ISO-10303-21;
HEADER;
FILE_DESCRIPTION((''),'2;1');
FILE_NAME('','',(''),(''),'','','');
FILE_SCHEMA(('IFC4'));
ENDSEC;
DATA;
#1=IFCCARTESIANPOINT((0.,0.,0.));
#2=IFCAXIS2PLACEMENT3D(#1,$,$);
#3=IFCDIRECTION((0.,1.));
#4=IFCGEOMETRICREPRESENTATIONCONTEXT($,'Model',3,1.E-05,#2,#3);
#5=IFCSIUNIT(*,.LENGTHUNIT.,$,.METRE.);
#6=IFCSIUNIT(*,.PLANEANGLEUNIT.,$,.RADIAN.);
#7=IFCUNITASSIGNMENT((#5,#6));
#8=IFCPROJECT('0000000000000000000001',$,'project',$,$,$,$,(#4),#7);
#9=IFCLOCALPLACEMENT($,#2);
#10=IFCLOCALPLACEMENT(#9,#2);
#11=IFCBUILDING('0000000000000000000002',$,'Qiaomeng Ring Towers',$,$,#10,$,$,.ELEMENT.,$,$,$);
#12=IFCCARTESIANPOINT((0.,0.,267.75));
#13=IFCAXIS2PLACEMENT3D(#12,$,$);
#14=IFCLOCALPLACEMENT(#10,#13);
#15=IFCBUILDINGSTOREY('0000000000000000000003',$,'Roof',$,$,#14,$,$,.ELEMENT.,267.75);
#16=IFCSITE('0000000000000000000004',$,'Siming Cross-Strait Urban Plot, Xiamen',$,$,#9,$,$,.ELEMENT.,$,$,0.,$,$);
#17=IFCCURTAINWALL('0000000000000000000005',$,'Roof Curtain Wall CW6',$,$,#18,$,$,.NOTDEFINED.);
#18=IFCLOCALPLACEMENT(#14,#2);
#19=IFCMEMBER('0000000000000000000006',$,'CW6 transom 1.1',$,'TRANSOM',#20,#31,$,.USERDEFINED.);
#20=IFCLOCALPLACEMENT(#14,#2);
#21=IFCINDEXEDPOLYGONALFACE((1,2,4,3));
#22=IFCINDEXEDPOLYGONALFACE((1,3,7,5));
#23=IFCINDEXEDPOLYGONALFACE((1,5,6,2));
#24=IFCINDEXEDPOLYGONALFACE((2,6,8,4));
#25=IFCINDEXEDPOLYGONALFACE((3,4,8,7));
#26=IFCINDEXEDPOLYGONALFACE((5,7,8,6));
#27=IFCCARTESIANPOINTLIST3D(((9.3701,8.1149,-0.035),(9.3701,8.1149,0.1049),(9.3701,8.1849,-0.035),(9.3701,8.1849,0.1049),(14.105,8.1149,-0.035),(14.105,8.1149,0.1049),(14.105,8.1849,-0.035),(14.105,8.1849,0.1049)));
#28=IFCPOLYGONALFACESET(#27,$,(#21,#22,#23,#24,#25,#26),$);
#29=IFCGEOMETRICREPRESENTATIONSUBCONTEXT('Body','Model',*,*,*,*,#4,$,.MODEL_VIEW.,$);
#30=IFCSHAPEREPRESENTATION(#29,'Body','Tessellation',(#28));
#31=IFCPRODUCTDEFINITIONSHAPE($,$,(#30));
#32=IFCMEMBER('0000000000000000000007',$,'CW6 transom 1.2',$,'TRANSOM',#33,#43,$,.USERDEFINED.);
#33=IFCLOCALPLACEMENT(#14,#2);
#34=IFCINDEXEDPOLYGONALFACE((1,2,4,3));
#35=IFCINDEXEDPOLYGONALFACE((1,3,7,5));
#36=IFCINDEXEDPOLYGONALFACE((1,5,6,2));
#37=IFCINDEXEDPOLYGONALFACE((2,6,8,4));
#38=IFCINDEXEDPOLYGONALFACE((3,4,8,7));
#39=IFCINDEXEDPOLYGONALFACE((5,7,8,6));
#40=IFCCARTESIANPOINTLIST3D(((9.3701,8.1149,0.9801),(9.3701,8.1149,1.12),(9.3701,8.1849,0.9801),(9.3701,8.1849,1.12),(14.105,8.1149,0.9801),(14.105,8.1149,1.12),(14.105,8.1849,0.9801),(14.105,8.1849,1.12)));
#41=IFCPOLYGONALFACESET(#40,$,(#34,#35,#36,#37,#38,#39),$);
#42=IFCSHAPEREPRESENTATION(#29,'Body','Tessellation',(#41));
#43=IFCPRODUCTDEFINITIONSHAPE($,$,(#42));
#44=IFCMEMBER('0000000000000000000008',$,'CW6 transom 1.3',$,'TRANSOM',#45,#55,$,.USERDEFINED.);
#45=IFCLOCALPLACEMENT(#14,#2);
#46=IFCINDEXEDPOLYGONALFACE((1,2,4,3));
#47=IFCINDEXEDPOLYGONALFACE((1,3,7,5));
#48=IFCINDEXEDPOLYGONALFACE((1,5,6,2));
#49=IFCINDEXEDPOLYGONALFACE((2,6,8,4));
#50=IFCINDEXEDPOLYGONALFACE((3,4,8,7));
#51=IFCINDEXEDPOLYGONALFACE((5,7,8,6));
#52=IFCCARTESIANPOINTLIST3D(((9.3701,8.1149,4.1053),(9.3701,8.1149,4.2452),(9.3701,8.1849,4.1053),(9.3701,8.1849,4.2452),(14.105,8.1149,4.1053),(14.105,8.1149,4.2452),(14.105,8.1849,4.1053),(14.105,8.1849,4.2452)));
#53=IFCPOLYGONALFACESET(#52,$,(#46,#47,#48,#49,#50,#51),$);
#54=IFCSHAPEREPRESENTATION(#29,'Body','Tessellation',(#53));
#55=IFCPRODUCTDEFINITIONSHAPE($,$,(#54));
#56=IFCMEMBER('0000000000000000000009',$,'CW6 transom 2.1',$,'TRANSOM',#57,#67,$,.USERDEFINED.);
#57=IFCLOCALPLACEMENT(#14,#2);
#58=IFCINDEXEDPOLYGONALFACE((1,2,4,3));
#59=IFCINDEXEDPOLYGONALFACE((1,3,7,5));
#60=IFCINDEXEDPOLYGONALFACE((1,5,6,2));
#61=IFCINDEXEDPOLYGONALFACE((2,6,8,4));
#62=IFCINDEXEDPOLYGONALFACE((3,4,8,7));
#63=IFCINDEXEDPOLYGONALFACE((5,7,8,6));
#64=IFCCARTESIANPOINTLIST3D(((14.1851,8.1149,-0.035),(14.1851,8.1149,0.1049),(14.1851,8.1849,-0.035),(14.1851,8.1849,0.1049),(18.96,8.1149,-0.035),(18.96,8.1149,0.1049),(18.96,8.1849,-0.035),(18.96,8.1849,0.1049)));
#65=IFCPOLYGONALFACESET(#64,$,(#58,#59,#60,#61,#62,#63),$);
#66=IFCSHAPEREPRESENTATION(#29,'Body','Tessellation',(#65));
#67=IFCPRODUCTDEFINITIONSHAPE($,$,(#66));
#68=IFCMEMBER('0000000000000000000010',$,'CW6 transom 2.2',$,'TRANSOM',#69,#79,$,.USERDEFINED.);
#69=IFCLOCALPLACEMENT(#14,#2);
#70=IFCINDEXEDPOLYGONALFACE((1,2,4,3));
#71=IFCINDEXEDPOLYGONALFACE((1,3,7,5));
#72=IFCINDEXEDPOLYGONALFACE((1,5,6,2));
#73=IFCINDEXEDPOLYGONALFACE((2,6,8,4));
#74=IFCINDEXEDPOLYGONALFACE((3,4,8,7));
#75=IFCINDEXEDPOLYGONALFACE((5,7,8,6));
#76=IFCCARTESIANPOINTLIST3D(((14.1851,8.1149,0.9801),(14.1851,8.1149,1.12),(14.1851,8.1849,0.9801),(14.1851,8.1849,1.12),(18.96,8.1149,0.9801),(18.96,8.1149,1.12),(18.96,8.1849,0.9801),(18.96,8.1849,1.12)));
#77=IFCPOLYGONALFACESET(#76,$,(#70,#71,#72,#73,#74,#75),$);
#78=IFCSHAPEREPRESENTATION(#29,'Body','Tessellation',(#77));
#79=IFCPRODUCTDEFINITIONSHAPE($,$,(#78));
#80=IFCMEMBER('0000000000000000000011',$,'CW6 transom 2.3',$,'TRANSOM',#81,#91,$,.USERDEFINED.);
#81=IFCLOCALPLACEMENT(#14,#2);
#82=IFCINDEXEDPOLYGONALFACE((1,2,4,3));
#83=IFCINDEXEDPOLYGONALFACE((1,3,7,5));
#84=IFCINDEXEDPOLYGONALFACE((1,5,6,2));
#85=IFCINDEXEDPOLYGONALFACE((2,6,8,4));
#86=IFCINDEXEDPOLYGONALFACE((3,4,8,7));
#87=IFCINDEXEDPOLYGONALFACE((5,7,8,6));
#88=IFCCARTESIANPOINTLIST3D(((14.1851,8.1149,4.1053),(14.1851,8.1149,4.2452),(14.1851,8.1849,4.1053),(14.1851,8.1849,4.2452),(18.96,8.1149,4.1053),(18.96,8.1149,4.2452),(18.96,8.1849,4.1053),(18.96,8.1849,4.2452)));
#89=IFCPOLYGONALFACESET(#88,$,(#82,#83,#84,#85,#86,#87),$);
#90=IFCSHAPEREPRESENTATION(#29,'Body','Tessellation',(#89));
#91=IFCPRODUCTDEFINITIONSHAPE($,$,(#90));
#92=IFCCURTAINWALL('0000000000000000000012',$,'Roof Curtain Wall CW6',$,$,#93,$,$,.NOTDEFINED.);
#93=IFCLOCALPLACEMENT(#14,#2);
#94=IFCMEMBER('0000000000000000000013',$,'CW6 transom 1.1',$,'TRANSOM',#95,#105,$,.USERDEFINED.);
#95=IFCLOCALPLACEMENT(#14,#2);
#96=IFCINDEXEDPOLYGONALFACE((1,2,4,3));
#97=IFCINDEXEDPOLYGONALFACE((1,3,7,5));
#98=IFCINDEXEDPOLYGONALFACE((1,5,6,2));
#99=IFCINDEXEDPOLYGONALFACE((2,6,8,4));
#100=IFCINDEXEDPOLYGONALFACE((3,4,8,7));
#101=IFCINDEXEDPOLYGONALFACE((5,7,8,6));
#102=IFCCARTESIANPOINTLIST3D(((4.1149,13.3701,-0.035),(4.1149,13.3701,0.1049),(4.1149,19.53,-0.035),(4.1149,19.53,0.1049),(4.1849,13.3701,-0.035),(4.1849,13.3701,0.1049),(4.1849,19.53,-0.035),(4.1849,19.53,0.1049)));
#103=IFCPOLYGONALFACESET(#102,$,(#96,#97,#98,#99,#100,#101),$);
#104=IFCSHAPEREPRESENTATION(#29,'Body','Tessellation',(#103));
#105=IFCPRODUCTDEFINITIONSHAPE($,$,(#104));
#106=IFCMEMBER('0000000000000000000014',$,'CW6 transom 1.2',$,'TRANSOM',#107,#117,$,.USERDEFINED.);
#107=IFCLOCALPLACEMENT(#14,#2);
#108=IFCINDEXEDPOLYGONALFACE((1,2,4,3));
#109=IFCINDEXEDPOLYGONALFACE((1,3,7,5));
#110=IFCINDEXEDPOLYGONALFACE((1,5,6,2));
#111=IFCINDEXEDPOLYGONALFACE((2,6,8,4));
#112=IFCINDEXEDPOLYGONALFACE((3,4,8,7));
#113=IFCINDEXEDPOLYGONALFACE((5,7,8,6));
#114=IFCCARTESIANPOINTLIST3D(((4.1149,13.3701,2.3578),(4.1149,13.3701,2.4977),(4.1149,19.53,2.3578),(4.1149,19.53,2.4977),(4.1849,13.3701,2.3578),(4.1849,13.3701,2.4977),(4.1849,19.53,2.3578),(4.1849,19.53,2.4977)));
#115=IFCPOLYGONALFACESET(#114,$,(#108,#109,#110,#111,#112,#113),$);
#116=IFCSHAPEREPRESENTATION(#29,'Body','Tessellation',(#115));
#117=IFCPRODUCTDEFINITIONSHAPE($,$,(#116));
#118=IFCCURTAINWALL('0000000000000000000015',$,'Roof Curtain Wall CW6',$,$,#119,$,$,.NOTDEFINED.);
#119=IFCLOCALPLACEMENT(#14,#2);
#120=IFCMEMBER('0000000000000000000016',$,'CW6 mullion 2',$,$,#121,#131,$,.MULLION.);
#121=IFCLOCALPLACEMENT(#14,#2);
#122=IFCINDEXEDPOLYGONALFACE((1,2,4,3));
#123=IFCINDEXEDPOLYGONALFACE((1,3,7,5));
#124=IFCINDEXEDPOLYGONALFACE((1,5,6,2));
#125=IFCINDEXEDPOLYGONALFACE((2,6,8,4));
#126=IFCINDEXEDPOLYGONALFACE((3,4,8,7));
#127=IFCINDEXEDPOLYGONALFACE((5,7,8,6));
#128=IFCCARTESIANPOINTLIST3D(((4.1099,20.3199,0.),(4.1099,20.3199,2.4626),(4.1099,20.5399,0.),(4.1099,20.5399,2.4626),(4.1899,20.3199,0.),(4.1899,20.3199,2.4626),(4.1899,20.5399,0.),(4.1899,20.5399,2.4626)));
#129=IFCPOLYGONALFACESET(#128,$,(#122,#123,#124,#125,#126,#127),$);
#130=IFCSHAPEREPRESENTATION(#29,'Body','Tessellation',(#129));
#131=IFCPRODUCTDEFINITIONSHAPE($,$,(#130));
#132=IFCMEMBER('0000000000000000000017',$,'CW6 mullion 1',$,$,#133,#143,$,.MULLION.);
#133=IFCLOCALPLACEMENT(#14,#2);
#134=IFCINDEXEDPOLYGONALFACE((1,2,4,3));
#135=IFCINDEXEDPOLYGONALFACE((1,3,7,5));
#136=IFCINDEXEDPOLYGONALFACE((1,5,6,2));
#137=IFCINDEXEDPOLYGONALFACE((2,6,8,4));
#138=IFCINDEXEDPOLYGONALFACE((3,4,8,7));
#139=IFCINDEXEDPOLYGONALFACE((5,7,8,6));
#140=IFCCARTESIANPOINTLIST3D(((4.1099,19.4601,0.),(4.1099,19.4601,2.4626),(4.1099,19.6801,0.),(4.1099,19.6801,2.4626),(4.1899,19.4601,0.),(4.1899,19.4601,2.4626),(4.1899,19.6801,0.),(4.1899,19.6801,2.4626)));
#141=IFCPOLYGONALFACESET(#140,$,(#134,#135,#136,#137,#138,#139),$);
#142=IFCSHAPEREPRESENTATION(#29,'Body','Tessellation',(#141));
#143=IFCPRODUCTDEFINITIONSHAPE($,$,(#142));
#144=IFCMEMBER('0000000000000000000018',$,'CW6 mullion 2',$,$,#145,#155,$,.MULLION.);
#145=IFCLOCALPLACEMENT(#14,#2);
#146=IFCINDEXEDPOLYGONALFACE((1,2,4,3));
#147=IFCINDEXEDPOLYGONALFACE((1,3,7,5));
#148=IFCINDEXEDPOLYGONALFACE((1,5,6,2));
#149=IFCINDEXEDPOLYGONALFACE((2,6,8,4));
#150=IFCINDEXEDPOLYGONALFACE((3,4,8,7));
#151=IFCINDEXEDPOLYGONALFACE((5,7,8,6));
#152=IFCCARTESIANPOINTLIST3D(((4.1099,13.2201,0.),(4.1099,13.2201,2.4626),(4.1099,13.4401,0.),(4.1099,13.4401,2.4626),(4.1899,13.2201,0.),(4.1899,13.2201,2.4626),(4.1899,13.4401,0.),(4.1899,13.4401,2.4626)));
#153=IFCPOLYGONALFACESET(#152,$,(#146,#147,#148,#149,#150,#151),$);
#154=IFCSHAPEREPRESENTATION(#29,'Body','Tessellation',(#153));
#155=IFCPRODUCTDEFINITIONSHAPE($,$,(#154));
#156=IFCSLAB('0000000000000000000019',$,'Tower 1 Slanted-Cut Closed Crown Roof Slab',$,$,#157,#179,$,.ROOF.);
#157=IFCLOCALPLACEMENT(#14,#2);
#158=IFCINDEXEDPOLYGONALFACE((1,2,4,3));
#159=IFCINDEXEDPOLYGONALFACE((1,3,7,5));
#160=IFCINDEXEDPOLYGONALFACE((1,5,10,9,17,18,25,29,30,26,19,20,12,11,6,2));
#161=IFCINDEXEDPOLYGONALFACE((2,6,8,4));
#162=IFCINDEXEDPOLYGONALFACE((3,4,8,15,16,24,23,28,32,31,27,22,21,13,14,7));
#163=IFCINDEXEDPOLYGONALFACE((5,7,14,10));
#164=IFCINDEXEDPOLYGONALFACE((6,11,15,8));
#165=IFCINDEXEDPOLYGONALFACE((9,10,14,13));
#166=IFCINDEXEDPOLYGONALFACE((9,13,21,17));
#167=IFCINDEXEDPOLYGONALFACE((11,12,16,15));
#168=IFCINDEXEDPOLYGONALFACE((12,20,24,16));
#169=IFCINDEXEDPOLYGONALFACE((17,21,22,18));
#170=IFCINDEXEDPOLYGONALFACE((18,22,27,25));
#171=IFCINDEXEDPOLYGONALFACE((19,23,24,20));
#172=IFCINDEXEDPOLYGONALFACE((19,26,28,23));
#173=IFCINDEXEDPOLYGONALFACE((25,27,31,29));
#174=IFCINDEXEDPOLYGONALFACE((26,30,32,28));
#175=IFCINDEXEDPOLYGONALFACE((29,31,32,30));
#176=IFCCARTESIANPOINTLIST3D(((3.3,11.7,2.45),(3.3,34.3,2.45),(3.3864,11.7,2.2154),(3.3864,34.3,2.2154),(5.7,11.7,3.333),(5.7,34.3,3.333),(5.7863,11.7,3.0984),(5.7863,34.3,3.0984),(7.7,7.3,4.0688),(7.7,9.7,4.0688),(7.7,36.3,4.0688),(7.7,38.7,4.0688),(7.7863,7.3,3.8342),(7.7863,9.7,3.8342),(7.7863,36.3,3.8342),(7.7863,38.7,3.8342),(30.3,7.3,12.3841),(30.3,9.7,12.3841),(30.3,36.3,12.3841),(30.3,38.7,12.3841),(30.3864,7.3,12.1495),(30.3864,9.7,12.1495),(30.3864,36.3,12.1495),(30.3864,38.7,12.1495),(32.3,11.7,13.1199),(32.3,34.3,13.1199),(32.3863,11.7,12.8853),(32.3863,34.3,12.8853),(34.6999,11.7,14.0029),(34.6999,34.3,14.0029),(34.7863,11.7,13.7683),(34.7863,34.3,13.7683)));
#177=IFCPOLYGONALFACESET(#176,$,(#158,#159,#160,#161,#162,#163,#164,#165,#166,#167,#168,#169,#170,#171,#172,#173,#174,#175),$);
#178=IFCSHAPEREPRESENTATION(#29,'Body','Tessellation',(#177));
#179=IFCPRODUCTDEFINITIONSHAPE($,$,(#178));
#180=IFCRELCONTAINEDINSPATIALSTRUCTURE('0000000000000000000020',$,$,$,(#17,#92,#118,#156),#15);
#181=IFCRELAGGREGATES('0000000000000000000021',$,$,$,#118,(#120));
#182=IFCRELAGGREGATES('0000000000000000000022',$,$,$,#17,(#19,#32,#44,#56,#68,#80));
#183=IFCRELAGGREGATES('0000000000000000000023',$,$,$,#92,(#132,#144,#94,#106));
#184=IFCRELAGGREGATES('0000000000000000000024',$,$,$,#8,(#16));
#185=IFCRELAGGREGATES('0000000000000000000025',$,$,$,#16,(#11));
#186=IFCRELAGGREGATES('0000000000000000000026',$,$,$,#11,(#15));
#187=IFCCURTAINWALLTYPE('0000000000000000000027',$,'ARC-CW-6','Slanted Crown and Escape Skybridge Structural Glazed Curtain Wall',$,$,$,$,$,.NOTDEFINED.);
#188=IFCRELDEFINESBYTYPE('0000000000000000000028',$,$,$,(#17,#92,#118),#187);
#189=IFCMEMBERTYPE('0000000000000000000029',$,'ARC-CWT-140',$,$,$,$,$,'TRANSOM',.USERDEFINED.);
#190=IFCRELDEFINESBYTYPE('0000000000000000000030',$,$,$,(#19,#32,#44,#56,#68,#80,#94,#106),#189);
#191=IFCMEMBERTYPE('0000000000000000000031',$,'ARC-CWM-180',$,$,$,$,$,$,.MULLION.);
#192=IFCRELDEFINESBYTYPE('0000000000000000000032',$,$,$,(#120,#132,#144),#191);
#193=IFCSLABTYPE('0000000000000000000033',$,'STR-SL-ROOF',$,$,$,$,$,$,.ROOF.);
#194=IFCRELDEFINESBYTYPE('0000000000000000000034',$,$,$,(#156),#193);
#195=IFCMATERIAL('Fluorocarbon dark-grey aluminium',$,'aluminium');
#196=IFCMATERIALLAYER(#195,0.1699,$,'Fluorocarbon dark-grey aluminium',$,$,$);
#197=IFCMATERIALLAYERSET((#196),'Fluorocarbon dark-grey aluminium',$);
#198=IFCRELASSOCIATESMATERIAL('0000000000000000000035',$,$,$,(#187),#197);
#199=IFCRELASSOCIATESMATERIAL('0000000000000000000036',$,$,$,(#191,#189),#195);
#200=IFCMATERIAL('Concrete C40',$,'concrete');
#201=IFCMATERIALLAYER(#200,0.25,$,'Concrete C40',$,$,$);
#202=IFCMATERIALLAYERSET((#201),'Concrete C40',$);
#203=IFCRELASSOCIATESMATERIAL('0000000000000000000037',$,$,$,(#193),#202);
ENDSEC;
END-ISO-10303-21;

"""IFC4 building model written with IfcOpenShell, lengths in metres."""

from ifc_helpers import new_model, si_unit, direction, frame, origin, origin_2d, place, context, subcontext, project, spatial, polyline, rectangle, outline, extrude, source, transform, mapped, material, layer, layer_set, material_profile, profile_set, type_object, element, aggregate, save


model = new_model("IFC4")

# Units and contexts
model_context = context("Model", 3, precision=1e-05, world=origin(), true_north=direction((0.0, 1.0)))
body_context = subcontext(model_context, "Body", "Model", "MODEL_VIEW")
ifc_project = project(units=[si_unit("LENGTHUNIT", "METRE"), si_unit("PLANEANGLEUNIT", "RADIAN")], contexts=[model_context])

# Site, building, storey
site_placement = place(None, origin())
site = spatial("IfcSite", under=ifc_project, at=site_placement, Name="Siming Cross-Strait Urban Plot, Xiamen", CompositionType="ELEMENT", RefElevation=0.0)
building_placement = place(site_placement, origin())
building = spatial("IfcBuilding", under=site, at=building_placement, Name="Qiaomeng Ring Towers", CompositionType="ELEMENT")
storey_placement = place(building_placement, frame((0.0, 0.0, 267.75)))
storey = spatial("IfcBuildingStorey", under=building, at=storey_placement, Name="Roof", CompositionType="ELEMENT", Elevation=267.75)

# Curtain walls, members
ifc_material_1 = material(Name="Fluorocarbon dark-grey aluminium", Category="aluminium")
ifc_layer_1 = layer(ifc_material_1, 0.1699, Name="Fluorocarbon dark-grey aluminium")
ifc_layer_set_1 = layer_set([ifc_layer_1], Name="Fluorocarbon dark-grey aluminium")
curtain_wall_type = type_object("IfcCurtainWallType", Name="ARC-CW-6", Description="Slanted Crown and Escape Skybridge Structural Glazed Curtain Wall", PredefinedType="NOTDEFINED", material=ifc_layer_set_1)
curtain_wall_1_placement = place(storey_placement, origin())
curtain_wall_1 = element("IfcCurtainWall", 1, at=curtain_wall_1_placement, inside=storey, type_object=curtain_wall_type, Name="Roof Curtain Wall CW6", PredefinedType="NOTDEFINED")
ifc_material_profile_1 = material_profile(ifc_material_1, rectangle(XDim=0.0801, YDim=0.22, at=origin_2d()), Name="ALU MULL 80x220")
ifc_profile_set_1 = profile_set([ifc_material_profile_1], Name="Fluorocarbon dark-grey aluminium")
member_type_1 = type_object("IfcMemberType", Name="ARC-CWM-180", PredefinedType="MULLION", material=ifc_profile_set_1)
ifc_material_profile_2 = material_profile(ifc_material_1, rectangle(XDim=0.0701, YDim=0.1399, at=origin_2d()), Name="ALU TRAN 70x140")
ifc_profile_set_2 = profile_set([ifc_material_profile_2], Name="Fluorocarbon dark-grey aluminium")
member_type_2 = type_object("IfcMemberType", Name="ARC-CWT-140", ElementType="TRANSOM", PredefinedType="USERDEFINED", material=ifc_profile_set_2)
shared_shape_1 = source(origin(), body_context, "Body", "SweptSolid", [
    extrude(rectangle(XDim=0.0701, YDim=0.1399, at=origin_2d()), origin(), (0.0, 0.0, 1.0), 4.7349),
])
member_1_placement = place(storey_placement, frame((9.3701, 8.1499, 0.0349), z_axis=(1.0, 0.0, 0.0), x_axis=(0.0, 1.0, 0.0)))
member_1 = element("IfcMember", 2, at=member_1_placement, type_object=member_type_2, Name="CW6 transom 1.1", ObjectType="TRANSOM", PredefinedType="USERDEFINED", context=body_context, shape_type="MappedRepresentation", body=[
    mapped(shared_shape_1, transform((0.0, 0.0, 0.0), x_axis=(1.0, 0.0, 0.0), y_axis=(0.0, 1.0, 0.0), z_axis=(0.0, 0.0, 1.0), scale=1.0)),
])
member_2_placement = place(storey_placement, frame((9.3701, 8.1499, 1.05), z_axis=(1.0, 0.0, 0.0), x_axis=(0.0, 1.0, 0.0)))
member_2 = element("IfcMember", 3, at=member_2_placement, type_object=member_type_2, Name="CW6 transom 1.2", ObjectType="TRANSOM", PredefinedType="USERDEFINED", context=body_context, shape_type="MappedRepresentation", body=[
    mapped(shared_shape_1, transform((0.0, 0.0, 0.0), x_axis=(1.0, 0.0, 0.0), y_axis=(0.0, 1.0, 0.0), z_axis=(0.0, 0.0, 1.0), scale=1.0)),
])
member_3_placement = place(storey_placement, frame((9.3701, 8.1499, 4.1753), z_axis=(1.0, 0.0, 0.0), x_axis=(0.0, 1.0, 0.0)))
member_3 = element("IfcMember", 4, at=member_3_placement, type_object=member_type_2, Name="CW6 transom 1.3", ObjectType="TRANSOM", PredefinedType="USERDEFINED", context=body_context, shape_type="MappedRepresentation", body=[
    mapped(shared_shape_1, transform((0.0, 0.0, 0.0), x_axis=(1.0, 0.0, 0.0), y_axis=(0.0, 1.0, 0.0), z_axis=(0.0, 0.0, 1.0), scale=1.0)),
])
shared_shape_2 = source(origin(), body_context, "Body", "SweptSolid", [
    extrude(rectangle(XDim=0.0701, YDim=0.1399, at=origin_2d()), origin(), (0.0, 0.0, 1.0), 4.7749),
])
member_4_placement = place(storey_placement, frame((14.1851, 8.1499, 0.0349), z_axis=(1.0, 0.0, 0.0), x_axis=(0.0, 1.0, 0.0)))
member_4 = element("IfcMember", 5, at=member_4_placement, type_object=member_type_2, Name="CW6 transom 2.1", ObjectType="TRANSOM", PredefinedType="USERDEFINED", context=body_context, shape_type="MappedRepresentation", body=[
    mapped(shared_shape_2, transform((0.0, 0.0, 0.0), x_axis=(1.0, 0.0, 0.0), y_axis=(0.0, 1.0, 0.0), z_axis=(0.0, 0.0, 1.0), scale=1.0)),
])
member_5_placement = place(storey_placement, frame((14.1851, 8.1499, 1.05), z_axis=(1.0, 0.0, 0.0), x_axis=(0.0, 1.0, 0.0)))
member_5 = element("IfcMember", 6, at=member_5_placement, type_object=member_type_2, Name="CW6 transom 2.2", ObjectType="TRANSOM", PredefinedType="USERDEFINED", context=body_context, shape_type="MappedRepresentation", body=[
    mapped(shared_shape_2, transform((0.0, 0.0, 0.0), x_axis=(1.0, 0.0, 0.0), y_axis=(0.0, 1.0, 0.0), z_axis=(0.0, 0.0, 1.0), scale=1.0)),
])
member_6_placement = place(storey_placement, frame((14.1851, 8.1499, 4.1753), z_axis=(1.0, 0.0, 0.0), x_axis=(0.0, 1.0, 0.0)))
member_6 = element("IfcMember", 7, at=member_6_placement, type_object=member_type_2, Name="CW6 transom 2.3", ObjectType="TRANSOM", PredefinedType="USERDEFINED", context=body_context, shape_type="MappedRepresentation", body=[
    mapped(shared_shape_2, transform((0.0, 0.0, 0.0), x_axis=(1.0, 0.0, 0.0), y_axis=(0.0, 1.0, 0.0), z_axis=(0.0, 0.0, 1.0), scale=1.0)),
])
curtain_wall_2_placement = place(storey_placement, origin())
curtain_wall_2 = element("IfcCurtainWall", 8, at=curtain_wall_2_placement, inside=storey, type_object=curtain_wall_type, Name="Roof Curtain Wall CW6", PredefinedType="NOTDEFINED")
shared_shape_3 = source(origin(), body_context, "Body", "SweptSolid", [
    extrude(rectangle(XDim=0.0701, YDim=0.1399, at=origin_2d()), origin(), (0.0, 0.0, 1.0), 6.1599),
])
member_7_placement = place(storey_placement, frame((4.1499, 19.53, 0.0349), z_axis=(0.0, -1.0, 0.0), x_axis=(1.0, 0.0, 0.0)))
member_7 = element("IfcMember", 9, at=member_7_placement, type_object=member_type_2, Name="CW6 transom 1.1", ObjectType="TRANSOM", PredefinedType="USERDEFINED", context=body_context, shape_type="MappedRepresentation", body=[
    mapped(shared_shape_3, transform((0.0, 0.0, 0.0), x_axis=(1.0, 0.0, 0.0), y_axis=(0.0, 1.0, 0.0), z_axis=(0.0, 0.0, 1.0), scale=1.0)),
])
member_8_placement = place(storey_placement, frame((4.1499, 19.53, 2.4277), z_axis=(0.0, -1.0, 0.0), x_axis=(1.0, 0.0, 0.0)))
member_8 = element("IfcMember", 10, at=member_8_placement, type_object=member_type_2, Name="CW6 transom 1.2", ObjectType="TRANSOM", PredefinedType="USERDEFINED", context=body_context, shape_type="MappedRepresentation", body=[
    mapped(shared_shape_3, transform((0.0, 0.0, 0.0), x_axis=(1.0, 0.0, 0.0), y_axis=(0.0, 1.0, 0.0), z_axis=(0.0, 0.0, 1.0), scale=1.0)),
])

# Curtain wall, member
curtain_wall_3_placement = place(storey_placement, origin())
curtain_wall_3 = element("IfcCurtainWall", 11, at=curtain_wall_3_placement, inside=storey, type_object=curtain_wall_type, Name="Roof Curtain Wall CW6", PredefinedType="NOTDEFINED")
shared_shape_4 = source(origin(), body_context, "Body", "SweptSolid", [
    extrude(rectangle(XDim=0.0801, YDim=0.22, at=origin_2d()), origin(), (0.0, 0.0, 1.0), 2.4626),
])
member_9_placement = place(storey_placement, frame((4.1499, 20.4299, 0.0), z_axis=(0.0, 0.0, 1.0), x_axis=(1.0, 0.0, 0.0)))
member_9 = element("IfcMember", 12, at=member_9_placement, type_object=member_type_1, Name="CW6 mullion 2", PredefinedType="MULLION", context=body_context, shape_type="MappedRepresentation", body=[
    mapped(shared_shape_4, transform((0.0, 0.0, 0.0), x_axis=(1.0, 0.0, 0.0), y_axis=(0.0, 1.0, 0.0), z_axis=(0.0, 0.0, 1.0), scale=1.0)),
])
aggregate(curtain_wall_3, [member_9])

# Members
member_10_placement = place(storey_placement, frame((4.1499, 19.5701, 0.0), z_axis=(0.0, 0.0, 1.0), x_axis=(1.0, 0.0, 0.0)))
member_10 = element("IfcMember", 13, at=member_10_placement, type_object=member_type_1, Name="CW6 mullion 1", PredefinedType="MULLION", context=body_context, shape_type="MappedRepresentation", body=[
    mapped(shared_shape_4, transform((0.0, 0.0, 0.0), x_axis=(1.0, 0.0, 0.0), y_axis=(0.0, 1.0, 0.0), z_axis=(0.0, 0.0, 1.0), scale=1.0)),
])
member_11_placement = place(storey_placement, frame((4.1499, 13.3301, 0.0), z_axis=(0.0, 0.0, 1.0), x_axis=(1.0, 0.0, 0.0)))
member_11 = element("IfcMember", 14, at=member_11_placement, type_object=member_type_1, Name="CW6 mullion 2", PredefinedType="MULLION", context=body_context, shape_type="MappedRepresentation", body=[
    mapped(shared_shape_4, transform((0.0, 0.0, 0.0), x_axis=(1.0, 0.0, 0.0), y_axis=(0.0, 1.0, 0.0), z_axis=(0.0, 0.0, 1.0), scale=1.0)),
])

# Slab
ifc_material_2 = material(Name="Concrete C40", Category="concrete")
ifc_layer_2 = layer(ifc_material_2, 0.25, Name="Concrete C40")
ifc_layer_set_2 = layer_set([ifc_layer_2], Name="Concrete C40")
slab_type = type_object("IfcSlabType", Name="STR-SL-ROOF", PredefinedType="ROOF", material=ifc_layer_set_2)
slab_placement = place(storey_placement, frame((7.7, 7.3, 4.0688), z_axis=(-0.345299, 0.0, 0.938493), x_axis=(0.938493, 0.0, 0.345299)))
element("IfcSlab", 15, at=slab_placement, inside=storey, type_object=slab_type, Name="Tower 1 Slanted-Cut Closed Crown Roof Slab", PredefinedType="ROOF", context=body_context, shape_type="SweptSolid", body=[
    extrude(outline(polyline([(0.0, 0.0), (24.0813, 0.0), (24.0813, 2.3999), (26.2123, 4.3999), (28.7695, 4.3999), (28.7695, 27.0), (26.2123, 27.0), (24.0813, 29.0), (24.0813, 31.3999), (0.0, 31.3999), (0.0, 29.0), (-2.1311, 27.0), (-4.6883, 27.0), (-4.6883, 4.3999), (-2.1311, 4.3999), (0.0, 2.3999), (0.0, 0.0)])), origin(), (0.0, 0.0, -1.0), 0.25),
])

aggregate(curtain_wall_1, [member_1, member_2, member_3, member_4, member_5, member_6])
aggregate(curtain_wall_2, [member_10, member_11, member_7, member_8])

save(model, "model.ifc")
